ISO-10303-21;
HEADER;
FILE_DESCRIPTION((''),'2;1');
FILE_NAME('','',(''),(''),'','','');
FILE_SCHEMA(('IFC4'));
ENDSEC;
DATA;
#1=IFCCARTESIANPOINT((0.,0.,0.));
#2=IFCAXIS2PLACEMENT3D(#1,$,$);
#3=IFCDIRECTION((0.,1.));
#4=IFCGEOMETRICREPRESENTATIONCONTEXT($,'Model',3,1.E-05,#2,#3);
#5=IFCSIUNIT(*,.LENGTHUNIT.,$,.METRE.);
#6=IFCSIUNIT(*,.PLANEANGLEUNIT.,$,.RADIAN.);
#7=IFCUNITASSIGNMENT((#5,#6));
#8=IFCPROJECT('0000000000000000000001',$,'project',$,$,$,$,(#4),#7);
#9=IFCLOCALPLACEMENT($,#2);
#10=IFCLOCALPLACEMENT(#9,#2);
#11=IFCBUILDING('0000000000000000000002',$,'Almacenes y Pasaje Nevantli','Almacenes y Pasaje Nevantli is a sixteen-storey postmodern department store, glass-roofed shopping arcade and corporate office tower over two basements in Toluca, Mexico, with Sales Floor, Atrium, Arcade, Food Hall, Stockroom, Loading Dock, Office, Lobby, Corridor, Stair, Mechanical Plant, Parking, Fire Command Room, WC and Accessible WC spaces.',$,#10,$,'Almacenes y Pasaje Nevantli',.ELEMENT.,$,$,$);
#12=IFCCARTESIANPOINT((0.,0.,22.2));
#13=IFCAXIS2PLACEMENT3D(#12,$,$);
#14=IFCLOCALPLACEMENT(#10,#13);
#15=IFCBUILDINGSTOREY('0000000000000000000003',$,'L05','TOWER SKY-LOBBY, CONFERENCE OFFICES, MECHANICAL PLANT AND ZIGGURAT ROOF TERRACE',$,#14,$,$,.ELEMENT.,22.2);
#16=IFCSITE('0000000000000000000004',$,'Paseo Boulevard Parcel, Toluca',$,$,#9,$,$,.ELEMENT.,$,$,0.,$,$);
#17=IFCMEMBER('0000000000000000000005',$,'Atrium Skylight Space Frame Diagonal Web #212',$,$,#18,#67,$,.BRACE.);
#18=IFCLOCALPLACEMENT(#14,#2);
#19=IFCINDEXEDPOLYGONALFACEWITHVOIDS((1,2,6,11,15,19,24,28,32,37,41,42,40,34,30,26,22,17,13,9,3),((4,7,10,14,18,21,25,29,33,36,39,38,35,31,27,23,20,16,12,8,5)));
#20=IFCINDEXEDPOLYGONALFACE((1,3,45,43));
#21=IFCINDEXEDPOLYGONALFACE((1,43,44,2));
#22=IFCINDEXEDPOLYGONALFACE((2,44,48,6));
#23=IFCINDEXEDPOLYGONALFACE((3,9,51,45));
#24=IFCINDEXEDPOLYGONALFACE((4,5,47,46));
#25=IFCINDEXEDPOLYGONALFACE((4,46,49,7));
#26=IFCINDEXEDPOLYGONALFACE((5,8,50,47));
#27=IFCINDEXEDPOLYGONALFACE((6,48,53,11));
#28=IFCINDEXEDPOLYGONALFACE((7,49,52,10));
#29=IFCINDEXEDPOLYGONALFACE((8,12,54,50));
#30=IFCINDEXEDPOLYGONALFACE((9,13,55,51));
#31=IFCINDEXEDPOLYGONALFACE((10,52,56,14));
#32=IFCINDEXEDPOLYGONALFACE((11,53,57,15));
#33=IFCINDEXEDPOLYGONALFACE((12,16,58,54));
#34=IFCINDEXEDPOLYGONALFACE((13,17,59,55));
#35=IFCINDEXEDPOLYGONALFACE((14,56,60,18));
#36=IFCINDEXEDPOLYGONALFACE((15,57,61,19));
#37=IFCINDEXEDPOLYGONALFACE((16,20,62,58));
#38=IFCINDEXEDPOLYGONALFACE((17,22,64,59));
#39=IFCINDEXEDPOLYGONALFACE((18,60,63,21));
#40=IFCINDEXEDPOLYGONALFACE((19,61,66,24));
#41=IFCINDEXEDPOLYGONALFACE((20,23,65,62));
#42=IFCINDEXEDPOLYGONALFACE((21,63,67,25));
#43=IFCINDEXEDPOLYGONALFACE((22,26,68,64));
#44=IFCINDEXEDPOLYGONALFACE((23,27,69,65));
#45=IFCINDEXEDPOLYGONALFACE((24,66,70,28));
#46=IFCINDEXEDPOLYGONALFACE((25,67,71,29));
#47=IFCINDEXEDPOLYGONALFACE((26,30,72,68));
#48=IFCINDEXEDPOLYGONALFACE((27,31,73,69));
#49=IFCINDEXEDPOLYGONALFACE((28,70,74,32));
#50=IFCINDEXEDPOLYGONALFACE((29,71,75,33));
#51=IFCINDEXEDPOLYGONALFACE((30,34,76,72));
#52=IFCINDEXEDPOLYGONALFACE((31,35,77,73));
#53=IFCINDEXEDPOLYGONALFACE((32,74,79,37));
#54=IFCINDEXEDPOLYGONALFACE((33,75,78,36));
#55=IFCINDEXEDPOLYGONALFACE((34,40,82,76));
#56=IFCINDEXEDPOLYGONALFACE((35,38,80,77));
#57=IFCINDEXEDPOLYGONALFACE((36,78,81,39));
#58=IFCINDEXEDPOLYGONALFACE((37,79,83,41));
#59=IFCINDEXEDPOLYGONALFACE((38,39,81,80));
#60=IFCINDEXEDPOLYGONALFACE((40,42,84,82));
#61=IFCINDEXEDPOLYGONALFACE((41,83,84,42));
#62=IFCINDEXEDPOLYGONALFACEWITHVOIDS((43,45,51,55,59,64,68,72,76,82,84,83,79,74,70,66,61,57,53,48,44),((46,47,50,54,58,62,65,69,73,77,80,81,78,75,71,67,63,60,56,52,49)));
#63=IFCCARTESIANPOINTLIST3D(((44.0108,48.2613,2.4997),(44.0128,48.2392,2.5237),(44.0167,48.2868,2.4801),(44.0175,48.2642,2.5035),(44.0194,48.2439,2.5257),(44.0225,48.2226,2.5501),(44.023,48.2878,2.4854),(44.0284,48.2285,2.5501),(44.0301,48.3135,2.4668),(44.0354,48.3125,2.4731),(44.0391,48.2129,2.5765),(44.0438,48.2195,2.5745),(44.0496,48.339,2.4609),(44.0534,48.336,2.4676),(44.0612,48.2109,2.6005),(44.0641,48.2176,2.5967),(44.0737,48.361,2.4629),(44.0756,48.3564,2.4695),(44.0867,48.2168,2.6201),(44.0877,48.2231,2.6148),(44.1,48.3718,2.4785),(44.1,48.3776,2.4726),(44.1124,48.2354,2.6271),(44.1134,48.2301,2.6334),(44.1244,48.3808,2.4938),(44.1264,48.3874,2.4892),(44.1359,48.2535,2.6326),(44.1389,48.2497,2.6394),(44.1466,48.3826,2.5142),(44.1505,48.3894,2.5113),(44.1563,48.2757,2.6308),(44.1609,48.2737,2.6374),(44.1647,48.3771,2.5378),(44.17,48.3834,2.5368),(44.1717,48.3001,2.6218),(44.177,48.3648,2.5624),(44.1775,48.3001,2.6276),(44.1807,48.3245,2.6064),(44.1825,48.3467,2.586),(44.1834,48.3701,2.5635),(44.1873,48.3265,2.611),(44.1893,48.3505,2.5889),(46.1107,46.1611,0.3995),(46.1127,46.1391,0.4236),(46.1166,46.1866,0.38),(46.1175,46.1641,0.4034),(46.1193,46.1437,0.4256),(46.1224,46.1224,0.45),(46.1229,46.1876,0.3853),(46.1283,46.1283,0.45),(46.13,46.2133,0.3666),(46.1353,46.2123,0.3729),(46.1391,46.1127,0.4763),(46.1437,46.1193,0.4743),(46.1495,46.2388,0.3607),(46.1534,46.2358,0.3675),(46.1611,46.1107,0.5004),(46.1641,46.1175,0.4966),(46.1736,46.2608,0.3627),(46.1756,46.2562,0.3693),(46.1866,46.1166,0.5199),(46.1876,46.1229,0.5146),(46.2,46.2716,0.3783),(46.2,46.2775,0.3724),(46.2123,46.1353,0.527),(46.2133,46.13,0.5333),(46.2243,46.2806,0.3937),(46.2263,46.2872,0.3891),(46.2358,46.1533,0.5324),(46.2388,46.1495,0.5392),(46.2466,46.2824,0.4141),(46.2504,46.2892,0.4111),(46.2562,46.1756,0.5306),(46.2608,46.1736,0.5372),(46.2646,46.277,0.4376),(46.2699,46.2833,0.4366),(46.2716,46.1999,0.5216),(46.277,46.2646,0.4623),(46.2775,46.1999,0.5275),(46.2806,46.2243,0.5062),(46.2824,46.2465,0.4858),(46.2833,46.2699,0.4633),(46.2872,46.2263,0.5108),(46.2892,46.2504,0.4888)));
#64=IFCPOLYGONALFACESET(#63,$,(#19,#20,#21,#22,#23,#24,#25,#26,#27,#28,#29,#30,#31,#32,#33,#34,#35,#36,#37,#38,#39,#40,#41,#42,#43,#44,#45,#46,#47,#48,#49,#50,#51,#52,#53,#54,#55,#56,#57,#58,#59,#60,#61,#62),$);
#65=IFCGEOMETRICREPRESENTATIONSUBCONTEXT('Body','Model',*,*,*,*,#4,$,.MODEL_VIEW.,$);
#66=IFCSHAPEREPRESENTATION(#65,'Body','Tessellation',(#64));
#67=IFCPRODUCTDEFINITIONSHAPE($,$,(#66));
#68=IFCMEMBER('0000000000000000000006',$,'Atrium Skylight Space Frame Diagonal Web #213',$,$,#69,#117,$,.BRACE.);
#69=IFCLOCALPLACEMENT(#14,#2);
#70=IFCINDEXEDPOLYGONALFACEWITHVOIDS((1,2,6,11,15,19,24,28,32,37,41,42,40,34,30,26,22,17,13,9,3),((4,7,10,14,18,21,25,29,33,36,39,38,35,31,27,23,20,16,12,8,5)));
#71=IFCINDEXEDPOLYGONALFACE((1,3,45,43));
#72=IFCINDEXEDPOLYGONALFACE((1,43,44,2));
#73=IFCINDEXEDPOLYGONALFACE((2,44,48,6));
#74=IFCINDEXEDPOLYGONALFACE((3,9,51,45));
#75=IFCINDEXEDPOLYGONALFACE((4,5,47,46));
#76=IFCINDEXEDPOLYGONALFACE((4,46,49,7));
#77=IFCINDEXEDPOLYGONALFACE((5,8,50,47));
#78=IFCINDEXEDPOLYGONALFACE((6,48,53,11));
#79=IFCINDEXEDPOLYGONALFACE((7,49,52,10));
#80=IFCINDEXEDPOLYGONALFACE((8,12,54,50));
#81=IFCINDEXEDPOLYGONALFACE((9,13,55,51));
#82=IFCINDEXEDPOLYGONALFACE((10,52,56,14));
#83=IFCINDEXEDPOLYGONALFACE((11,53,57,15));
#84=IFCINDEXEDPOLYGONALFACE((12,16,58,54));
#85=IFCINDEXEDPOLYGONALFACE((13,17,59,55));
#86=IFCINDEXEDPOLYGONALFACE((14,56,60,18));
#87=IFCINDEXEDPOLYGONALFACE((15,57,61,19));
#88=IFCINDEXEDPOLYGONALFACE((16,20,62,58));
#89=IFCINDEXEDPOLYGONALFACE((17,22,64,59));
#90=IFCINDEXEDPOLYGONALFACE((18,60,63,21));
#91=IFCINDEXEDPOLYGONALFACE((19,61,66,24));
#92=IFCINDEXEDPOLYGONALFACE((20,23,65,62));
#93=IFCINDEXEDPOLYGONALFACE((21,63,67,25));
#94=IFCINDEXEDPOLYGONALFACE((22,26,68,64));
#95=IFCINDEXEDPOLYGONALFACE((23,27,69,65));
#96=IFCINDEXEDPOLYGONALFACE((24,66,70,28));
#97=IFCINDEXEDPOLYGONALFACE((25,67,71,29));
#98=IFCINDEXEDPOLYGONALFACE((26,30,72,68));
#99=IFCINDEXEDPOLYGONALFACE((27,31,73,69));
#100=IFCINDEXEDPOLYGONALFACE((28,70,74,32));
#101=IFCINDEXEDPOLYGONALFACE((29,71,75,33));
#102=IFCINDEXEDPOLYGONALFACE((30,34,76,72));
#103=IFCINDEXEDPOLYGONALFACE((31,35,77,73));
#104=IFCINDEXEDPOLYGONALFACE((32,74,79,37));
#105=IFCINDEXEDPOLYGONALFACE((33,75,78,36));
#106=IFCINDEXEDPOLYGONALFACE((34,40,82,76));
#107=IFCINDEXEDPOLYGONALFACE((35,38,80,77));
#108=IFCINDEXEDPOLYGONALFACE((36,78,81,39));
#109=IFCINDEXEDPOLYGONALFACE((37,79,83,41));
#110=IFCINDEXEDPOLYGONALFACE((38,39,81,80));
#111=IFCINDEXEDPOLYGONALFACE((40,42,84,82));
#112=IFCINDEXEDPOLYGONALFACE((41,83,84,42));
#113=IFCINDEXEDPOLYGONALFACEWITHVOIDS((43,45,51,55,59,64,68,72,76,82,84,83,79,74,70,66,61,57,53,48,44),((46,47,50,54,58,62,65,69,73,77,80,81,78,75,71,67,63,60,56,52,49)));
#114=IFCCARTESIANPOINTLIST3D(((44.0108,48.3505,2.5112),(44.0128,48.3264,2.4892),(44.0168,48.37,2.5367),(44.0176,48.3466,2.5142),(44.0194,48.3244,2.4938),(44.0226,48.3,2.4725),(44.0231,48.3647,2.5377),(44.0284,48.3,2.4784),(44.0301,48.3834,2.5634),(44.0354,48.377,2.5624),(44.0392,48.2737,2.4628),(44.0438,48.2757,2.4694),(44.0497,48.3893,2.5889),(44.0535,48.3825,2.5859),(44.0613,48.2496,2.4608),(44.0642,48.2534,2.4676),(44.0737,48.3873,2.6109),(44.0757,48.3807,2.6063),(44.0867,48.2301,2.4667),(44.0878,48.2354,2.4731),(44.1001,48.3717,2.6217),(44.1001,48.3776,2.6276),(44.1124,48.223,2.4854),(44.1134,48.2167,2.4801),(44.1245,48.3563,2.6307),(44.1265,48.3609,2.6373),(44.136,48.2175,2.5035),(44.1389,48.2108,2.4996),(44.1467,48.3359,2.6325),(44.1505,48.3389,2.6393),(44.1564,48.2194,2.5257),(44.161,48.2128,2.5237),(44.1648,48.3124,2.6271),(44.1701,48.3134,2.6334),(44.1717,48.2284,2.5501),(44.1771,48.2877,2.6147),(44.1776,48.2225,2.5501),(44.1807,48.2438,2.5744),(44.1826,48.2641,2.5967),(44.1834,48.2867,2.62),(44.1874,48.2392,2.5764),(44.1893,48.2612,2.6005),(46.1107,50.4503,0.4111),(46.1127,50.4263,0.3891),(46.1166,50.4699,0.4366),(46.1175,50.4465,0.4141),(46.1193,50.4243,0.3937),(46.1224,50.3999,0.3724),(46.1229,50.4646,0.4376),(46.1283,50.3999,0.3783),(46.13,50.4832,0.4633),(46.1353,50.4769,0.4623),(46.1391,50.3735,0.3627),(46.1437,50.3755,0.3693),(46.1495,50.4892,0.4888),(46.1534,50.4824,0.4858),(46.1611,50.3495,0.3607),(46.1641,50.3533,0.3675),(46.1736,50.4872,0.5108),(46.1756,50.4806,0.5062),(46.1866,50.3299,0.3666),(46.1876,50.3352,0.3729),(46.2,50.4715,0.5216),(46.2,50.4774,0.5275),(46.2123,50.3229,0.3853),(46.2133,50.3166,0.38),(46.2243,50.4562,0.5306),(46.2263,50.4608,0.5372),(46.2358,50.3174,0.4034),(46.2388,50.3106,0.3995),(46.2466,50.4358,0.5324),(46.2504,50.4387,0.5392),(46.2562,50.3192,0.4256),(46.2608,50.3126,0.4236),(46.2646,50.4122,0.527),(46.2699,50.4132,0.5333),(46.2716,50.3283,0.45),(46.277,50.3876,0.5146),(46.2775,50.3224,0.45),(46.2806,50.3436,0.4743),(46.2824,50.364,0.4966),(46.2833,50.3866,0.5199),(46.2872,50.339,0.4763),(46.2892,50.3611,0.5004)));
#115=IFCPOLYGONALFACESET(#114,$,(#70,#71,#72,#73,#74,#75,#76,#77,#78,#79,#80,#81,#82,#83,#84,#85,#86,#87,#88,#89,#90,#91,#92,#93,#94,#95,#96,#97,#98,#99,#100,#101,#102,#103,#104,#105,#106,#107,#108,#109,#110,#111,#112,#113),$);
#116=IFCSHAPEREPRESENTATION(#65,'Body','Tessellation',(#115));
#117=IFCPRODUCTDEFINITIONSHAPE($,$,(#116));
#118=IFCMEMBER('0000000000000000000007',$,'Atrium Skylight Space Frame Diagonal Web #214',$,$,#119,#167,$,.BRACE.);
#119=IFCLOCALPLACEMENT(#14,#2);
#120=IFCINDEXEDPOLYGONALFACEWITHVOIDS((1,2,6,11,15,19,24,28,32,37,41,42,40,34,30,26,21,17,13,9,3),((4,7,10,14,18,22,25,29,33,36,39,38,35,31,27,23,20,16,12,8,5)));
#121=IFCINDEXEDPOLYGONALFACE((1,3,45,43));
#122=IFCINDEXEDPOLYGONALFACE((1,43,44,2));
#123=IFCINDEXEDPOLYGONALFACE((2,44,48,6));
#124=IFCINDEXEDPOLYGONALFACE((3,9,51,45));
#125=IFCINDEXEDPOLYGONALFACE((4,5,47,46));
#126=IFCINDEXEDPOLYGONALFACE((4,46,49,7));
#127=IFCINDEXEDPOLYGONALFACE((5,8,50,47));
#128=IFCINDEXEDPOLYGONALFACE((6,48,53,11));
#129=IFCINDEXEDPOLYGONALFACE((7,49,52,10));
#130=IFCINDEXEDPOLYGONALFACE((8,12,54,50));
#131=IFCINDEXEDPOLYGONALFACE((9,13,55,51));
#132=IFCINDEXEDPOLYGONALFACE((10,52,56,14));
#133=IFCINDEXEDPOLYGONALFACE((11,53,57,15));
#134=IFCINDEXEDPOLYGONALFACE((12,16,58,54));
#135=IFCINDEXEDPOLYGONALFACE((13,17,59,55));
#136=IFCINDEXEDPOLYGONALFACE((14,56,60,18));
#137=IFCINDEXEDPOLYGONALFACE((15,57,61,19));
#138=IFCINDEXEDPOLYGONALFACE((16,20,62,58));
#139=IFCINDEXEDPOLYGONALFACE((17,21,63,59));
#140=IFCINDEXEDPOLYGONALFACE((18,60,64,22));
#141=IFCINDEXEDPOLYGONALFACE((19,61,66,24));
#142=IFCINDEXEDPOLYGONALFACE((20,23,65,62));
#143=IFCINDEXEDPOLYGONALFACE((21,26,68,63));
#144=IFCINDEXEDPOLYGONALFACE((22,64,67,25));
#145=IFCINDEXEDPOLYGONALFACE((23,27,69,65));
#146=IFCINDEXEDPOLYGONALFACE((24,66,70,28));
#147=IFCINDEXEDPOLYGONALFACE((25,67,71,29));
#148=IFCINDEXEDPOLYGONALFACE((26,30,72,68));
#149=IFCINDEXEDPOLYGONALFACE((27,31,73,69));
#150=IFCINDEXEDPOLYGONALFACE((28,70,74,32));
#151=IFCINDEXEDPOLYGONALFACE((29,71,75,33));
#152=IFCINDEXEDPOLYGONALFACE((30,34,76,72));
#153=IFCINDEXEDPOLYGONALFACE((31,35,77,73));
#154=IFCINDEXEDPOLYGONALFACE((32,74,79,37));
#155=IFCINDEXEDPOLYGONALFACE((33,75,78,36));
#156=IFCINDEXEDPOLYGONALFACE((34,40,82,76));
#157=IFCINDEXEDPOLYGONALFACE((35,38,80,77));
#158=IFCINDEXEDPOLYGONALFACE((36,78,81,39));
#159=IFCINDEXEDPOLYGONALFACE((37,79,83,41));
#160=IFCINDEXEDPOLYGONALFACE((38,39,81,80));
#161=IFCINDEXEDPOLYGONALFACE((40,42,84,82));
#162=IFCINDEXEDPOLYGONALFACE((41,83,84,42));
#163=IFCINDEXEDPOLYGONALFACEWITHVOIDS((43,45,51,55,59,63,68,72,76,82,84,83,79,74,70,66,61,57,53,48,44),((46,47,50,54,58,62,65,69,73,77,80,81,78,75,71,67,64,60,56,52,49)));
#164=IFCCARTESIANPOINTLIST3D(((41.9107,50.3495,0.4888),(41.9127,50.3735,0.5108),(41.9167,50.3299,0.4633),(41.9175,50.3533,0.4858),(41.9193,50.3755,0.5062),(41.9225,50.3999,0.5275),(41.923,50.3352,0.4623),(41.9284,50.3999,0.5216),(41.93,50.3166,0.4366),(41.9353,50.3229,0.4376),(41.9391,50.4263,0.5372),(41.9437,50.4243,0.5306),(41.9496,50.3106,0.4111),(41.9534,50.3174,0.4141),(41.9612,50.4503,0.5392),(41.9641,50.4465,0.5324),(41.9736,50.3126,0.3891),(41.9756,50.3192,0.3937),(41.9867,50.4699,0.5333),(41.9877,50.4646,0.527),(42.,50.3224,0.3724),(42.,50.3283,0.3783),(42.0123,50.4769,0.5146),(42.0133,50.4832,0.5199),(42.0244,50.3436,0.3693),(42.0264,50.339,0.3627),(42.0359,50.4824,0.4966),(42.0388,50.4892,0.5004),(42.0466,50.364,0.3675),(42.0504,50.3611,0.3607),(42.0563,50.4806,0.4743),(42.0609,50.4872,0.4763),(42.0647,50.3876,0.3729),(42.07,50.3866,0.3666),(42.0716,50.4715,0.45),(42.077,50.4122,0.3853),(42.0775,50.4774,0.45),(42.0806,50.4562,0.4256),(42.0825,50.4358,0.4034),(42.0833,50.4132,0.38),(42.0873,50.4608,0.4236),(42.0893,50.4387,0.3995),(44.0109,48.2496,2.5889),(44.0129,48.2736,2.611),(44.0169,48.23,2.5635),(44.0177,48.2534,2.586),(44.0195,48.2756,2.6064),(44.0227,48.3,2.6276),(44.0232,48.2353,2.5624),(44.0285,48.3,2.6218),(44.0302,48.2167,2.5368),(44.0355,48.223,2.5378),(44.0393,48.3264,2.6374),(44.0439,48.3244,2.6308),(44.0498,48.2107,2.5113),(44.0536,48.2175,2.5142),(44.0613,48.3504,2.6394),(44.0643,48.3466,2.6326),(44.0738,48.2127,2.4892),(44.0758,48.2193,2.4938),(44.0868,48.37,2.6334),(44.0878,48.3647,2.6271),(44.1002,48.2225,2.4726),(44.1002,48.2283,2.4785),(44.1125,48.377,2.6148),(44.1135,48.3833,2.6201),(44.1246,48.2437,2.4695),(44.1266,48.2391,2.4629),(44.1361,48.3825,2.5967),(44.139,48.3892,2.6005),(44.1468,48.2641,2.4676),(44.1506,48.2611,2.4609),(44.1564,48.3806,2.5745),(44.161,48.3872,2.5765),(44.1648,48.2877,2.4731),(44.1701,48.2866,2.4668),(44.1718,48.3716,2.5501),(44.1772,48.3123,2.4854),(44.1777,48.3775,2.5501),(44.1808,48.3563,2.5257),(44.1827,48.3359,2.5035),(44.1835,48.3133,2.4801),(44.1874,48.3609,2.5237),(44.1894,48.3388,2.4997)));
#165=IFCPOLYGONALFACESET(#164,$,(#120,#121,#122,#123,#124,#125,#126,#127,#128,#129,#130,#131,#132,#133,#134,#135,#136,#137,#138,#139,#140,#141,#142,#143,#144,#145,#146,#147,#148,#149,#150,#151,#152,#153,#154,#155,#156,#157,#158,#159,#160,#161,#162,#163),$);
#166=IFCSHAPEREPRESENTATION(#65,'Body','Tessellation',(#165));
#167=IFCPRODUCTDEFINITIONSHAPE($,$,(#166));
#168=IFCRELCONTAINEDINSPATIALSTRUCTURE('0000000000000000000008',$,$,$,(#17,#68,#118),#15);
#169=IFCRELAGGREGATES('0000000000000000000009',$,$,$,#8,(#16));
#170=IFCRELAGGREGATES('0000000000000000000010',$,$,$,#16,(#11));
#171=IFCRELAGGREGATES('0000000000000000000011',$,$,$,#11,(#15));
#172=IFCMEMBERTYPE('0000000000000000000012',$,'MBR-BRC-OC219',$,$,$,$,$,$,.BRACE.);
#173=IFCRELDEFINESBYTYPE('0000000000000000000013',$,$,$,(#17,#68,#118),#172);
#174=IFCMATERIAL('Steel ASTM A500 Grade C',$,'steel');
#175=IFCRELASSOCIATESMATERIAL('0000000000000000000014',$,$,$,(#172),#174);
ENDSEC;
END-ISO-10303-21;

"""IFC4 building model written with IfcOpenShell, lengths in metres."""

from ifc_helpers import new_model, si_unit, direction, frame, origin, origin_2d, place, context, subcontext, project, spatial, hollow_circle, extrude, material, material_profile, profile_set, type_object, element, save


model = new_model("IFC4")

# Units and contexts
model_context = context("Model", 3, precision=1e-05, world=origin(), true_north=direction((0.0, 1.0)))
body_context = subcontext(model_context, "Body", "Model", "MODEL_VIEW")
ifc_project = project(units=[si_unit("LENGTHUNIT", "METRE"), si_unit("PLANEANGLEUNIT", "RADIAN")], contexts=[model_context])

# Site, building, storey
site_placement = place(None, origin())
site = spatial("IfcSite", under=ifc_project, at=site_placement, Name="Paseo Boulevard Parcel, Toluca", CompositionType="ELEMENT", RefElevation=0.0)
building_placement = place(site_placement, origin())
building = spatial("IfcBuilding", under=site, at=building_placement, Name="Almacenes y Pasaje Nevantli", Description="Almacenes y Pasaje Nevantli is a sixteen-storey postmodern department store, glass-roofed shopping arcade and corporate office tower over two basements in Toluca, Mexico, with Sales Floor, Atrium, Arcade, Food Hall, Stockroom, Loading Dock, Office, Lobby, Corridor, Stair, Mechanical Plant, Parking, Fire Command Room, WC and Accessible WC spaces.", LongName="Almacenes y Pasaje Nevantli", CompositionType="ELEMENT")
storey_placement = place(building_placement, frame((0.0, 0.0, 22.2)))
storey = spatial("IfcBuildingStorey", under=building, at=storey_placement, Name="L05", Description="TOWER SKY-LOBBY, CONFERENCE OFFICES, MECHANICAL PLANT AND ZIGGURAT ROOF TERRACE", CompositionType="ELEMENT", Elevation=22.2)

# Members
ifc_material_1 = material(Name="Steel ASTM A500 Grade C", Category="steel")
ifc_material_profile_1 = material_profile(ifc_material_1, hollow_circle(Radius=0.1096, WallThickness=0.0083, at=origin_2d()), Name="OC 219x8.2")
ifc_profile_set_1 = profile_set([ifc_material_profile_1], Name="Steel ASTM A500 Grade C")
member_type_1 = type_object("IfcMemberType", Name="MBR-BRC-OC219", PredefinedType="BRACE", material=ifc_profile_set_1)
member_1_placement = place(storey_placement, frame((46.2, 46.2, 0.45), z_axis=(-0.577306, 0.577373, 0.577373), x_axis=(-0.707148, -0.707066, 0.0)))
element("IfcMember", 1, at=member_1_placement, inside=storey, type_object=member_type_1, Name="Atrium Skylight Space Frame Diagonal Web #212", PredefinedType="BRACE", context=body_context, shape_type="SweptSolid", body=[
    extrude(hollow_circle(Radius=0.1096, WallThickness=0.0083, at=origin_2d()), origin(), (0.0, 0.0, 1.0), 3.6375),
])
member_2_placement = place(storey_placement, frame((46.2, 50.3999, 0.45), z_axis=(-0.577328, -0.577328, 0.577395), x_axis=(0.707107, -0.707107, 0.0)))
element("IfcMember", 2, at=member_2_placement, inside=storey, type_object=member_type_1, Name="Atrium Skylight Space Frame Diagonal Web #213", PredefinedType="BRACE", context=body_context, shape_type="SweptSolid", body=[
    extrude(hollow_circle(Radius=0.1096, WallThickness=0.0083, at=origin_2d()), origin(), (0.0, 0.0, 1.0), 3.6372),
])
for number, where, z_axis, x_axis, name in (
    (3, (42.0, 50.3999, 0.45), (0.577373, -0.577306, 0.577373), (0.707066, 0.707148, 0.0), "Atrium Skylight Space Frame Diagonal Web #214"),
):
    element("IfcMember", number, at=place(storey_placement, frame(where, z_axis=z_axis, x_axis=x_axis)), inside=storey, type_object=member_type_1, Name=name, PredefinedType="BRACE", context=body_context, shape_type="SweptSolid", body=[
        extrude(hollow_circle(Radius=0.1096, WallThickness=0.0083, at=origin_2d()), origin(), (0.0, 0.0, 1.0), 3.6375),
    ])

save(model, "model.ifc")
